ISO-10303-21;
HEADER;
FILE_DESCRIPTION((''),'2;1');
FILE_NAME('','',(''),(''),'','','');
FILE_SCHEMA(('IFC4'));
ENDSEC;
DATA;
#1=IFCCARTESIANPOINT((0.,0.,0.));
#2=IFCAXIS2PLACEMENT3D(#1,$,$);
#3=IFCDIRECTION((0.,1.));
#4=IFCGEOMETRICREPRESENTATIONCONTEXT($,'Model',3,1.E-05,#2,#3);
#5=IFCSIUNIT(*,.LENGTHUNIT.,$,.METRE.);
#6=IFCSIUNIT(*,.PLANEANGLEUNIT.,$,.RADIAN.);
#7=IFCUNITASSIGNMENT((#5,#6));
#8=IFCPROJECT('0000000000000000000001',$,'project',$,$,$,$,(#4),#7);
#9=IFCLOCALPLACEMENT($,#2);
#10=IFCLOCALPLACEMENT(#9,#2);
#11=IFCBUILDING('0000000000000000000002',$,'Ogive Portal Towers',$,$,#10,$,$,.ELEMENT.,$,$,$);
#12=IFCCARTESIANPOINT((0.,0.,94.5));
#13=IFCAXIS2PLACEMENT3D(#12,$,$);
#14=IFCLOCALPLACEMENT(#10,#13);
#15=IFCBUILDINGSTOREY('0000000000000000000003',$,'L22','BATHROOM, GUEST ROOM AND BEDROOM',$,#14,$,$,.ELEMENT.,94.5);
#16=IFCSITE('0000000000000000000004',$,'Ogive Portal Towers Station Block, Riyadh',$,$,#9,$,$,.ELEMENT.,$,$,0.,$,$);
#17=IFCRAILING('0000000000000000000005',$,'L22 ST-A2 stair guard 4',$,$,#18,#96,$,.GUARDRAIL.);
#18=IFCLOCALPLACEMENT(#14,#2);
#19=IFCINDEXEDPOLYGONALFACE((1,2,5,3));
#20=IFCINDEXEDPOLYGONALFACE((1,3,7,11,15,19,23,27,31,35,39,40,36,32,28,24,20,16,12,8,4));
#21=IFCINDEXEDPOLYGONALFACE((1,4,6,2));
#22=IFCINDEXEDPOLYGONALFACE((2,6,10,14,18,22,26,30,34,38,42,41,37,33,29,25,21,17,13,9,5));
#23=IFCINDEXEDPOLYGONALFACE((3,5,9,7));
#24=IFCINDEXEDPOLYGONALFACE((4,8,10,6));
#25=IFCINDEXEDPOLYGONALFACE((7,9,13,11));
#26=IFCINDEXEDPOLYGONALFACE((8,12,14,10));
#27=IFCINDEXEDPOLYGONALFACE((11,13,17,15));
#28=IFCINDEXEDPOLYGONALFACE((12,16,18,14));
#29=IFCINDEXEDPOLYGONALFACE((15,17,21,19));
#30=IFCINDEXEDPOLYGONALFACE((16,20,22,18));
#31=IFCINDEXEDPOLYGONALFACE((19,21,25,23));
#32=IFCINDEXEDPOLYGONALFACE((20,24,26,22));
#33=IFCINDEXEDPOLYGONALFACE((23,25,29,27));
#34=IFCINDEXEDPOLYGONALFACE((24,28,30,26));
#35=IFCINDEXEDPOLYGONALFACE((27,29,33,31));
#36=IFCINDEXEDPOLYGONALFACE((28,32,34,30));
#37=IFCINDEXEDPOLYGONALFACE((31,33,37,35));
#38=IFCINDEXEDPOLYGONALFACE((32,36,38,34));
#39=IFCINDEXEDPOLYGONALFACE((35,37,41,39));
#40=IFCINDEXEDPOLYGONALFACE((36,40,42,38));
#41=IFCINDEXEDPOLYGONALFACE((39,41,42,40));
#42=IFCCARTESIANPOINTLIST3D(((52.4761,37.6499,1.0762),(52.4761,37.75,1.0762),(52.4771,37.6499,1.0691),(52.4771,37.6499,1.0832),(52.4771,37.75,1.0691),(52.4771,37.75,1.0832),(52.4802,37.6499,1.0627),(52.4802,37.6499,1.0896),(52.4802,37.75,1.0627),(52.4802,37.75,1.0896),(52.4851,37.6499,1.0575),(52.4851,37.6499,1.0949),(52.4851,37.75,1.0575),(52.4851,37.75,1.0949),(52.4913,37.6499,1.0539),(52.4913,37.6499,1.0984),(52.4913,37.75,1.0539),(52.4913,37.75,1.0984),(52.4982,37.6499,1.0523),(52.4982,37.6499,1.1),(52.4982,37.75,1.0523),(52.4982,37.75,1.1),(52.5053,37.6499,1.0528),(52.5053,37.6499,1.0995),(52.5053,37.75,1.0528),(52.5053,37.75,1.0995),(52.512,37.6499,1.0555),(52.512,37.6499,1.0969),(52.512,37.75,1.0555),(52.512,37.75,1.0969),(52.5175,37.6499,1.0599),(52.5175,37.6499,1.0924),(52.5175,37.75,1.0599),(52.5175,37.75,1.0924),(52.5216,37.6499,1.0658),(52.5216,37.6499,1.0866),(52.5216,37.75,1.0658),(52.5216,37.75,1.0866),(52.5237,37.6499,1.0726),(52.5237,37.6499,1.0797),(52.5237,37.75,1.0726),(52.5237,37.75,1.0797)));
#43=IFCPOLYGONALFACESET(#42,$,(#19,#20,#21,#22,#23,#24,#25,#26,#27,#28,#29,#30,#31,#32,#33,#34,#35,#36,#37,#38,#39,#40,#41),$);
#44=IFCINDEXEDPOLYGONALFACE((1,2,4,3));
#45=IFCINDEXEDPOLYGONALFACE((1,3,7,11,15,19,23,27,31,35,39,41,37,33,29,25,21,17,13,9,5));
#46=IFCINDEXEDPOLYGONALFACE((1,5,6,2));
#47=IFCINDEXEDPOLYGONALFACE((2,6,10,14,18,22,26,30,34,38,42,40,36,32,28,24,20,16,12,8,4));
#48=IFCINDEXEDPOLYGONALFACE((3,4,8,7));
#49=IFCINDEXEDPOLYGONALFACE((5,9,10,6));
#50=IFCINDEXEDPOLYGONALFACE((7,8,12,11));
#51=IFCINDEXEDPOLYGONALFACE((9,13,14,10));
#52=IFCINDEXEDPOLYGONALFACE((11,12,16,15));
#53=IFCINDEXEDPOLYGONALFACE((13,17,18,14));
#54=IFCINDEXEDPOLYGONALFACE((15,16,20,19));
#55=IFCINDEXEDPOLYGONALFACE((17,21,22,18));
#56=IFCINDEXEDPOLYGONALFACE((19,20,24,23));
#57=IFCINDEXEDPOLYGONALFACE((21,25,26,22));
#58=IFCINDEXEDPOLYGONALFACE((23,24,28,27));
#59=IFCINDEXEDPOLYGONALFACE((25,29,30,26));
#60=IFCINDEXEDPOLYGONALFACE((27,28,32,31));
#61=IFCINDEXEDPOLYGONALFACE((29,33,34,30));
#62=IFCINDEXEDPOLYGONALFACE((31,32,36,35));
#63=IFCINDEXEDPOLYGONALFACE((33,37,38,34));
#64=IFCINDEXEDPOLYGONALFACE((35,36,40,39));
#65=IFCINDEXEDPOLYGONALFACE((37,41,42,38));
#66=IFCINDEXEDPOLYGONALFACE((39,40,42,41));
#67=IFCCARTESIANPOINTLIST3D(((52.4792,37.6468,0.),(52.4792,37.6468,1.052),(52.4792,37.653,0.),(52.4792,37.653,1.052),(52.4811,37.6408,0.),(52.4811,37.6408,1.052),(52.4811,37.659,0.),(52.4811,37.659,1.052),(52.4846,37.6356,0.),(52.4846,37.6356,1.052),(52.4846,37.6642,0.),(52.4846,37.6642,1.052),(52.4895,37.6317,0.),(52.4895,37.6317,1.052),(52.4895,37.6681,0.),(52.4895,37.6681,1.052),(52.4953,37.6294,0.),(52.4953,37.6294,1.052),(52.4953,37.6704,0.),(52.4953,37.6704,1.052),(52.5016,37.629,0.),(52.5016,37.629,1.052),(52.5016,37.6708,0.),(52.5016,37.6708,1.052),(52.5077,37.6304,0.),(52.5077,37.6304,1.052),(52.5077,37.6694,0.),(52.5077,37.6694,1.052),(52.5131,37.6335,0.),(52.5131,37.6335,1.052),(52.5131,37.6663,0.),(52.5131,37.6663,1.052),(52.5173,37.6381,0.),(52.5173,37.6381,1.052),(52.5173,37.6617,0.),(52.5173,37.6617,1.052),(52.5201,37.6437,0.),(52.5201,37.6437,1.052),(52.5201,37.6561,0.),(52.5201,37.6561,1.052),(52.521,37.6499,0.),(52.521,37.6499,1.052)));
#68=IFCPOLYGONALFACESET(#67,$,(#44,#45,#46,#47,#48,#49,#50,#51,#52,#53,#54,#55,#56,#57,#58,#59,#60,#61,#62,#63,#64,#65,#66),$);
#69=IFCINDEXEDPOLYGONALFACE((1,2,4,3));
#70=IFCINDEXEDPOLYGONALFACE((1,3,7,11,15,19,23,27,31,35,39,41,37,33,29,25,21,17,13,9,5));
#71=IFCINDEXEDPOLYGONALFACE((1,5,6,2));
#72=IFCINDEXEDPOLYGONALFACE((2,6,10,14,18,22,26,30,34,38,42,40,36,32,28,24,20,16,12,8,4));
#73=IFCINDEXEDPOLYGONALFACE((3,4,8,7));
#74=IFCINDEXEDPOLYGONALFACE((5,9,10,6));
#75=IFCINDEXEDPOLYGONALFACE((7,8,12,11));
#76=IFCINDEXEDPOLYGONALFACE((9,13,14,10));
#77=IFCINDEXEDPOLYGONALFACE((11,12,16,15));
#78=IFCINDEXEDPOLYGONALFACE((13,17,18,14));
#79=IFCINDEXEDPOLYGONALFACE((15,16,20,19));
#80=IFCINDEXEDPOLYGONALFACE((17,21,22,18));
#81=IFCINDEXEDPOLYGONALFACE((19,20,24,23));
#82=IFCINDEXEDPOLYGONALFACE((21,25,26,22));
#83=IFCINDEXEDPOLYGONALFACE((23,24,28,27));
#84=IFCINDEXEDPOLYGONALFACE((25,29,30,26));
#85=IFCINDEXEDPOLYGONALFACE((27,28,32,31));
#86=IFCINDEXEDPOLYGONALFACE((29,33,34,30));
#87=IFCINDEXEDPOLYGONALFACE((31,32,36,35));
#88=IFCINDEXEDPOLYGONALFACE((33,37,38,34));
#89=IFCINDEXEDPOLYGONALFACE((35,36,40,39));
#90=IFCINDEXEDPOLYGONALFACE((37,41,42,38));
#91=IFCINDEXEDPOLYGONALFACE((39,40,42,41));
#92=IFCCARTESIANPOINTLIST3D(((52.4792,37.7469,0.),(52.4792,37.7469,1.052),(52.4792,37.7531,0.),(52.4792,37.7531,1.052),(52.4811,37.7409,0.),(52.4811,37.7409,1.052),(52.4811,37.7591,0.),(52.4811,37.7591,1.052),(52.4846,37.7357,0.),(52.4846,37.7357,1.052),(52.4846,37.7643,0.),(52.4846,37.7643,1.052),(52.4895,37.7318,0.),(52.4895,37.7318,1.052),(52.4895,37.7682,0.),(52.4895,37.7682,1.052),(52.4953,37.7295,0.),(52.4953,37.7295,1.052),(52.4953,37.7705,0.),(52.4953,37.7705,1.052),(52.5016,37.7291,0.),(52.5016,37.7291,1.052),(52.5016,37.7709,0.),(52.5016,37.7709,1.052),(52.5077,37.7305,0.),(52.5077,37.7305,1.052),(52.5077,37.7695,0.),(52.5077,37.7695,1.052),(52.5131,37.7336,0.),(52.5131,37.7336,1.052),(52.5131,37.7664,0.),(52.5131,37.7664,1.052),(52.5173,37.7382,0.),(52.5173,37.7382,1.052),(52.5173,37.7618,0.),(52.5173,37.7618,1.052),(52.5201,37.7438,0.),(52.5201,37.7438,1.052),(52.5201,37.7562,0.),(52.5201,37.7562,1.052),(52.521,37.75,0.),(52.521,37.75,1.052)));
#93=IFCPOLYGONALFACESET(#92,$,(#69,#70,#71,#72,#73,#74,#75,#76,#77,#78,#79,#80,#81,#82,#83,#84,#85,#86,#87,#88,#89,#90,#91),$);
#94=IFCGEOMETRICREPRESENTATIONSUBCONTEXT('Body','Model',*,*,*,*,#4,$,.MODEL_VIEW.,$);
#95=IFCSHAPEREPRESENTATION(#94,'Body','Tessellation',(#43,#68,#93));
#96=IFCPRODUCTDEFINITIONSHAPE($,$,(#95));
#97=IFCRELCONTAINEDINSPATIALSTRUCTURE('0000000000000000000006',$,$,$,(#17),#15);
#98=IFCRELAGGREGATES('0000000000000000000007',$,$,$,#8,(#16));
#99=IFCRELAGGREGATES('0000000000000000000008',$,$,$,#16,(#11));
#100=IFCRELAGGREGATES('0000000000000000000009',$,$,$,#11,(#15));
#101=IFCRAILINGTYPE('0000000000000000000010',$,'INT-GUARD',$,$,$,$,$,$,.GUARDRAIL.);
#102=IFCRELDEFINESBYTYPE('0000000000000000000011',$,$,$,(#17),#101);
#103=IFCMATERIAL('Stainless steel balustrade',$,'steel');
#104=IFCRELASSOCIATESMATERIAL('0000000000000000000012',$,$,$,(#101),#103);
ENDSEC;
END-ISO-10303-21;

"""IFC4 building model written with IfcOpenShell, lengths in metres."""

from ifc_helpers import new_model, si_unit, direction, frame, origin, origin_2d, place, context, subcontext, project, spatial, circle, extrude, material, type_object, element, save


model = new_model("IFC4")

# Units and contexts
model_context = context("Model", 3, precision=1e-05, world=origin(), true_north=direction((0.0, 1.0)))
body_context = subcontext(model_context, "Body", "Model", "MODEL_VIEW")
ifc_project = project(units=[si_unit("LENGTHUNIT", "METRE"), si_unit("PLANEANGLEUNIT", "RADIAN")], contexts=[model_context])

# Site, building, storey
site_placement = place(None, origin())
site = spatial("IfcSite", under=ifc_project, at=site_placement, Name="Ogive Portal Towers Station Block, Riyadh", CompositionType="ELEMENT", RefElevation=0.0)
building_placement = place(site_placement, origin())
building = spatial("IfcBuilding", under=site, at=building_placement, Name="Ogive Portal Towers", CompositionType="ELEMENT")
storey_placement = place(building_placement, frame((0.0, 0.0, 94.5)))
storey = spatial("IfcBuildingStorey", under=building, at=storey_placement, Name="L22", Description="BATHROOM, GUEST ROOM AND BEDROOM", CompositionType="ELEMENT", Elevation=94.5)

# Railing
ifc_material_1 = material(Name="Stainless steel balustrade", Category="steel")
railing_type_1 = type_object("IfcRailingType", Name="INT-GUARD", PredefinedType="GUARDRAIL", material=ifc_material_1)
railing_1_placement = place(storey_placement, frame((52.5, 37.6499, 0.0)))
element("IfcRailing", 1, at=railing_1_placement, inside=storey, type_object=railing_type_1, Name="L22 ST-A2 stair guard 4", PredefinedType="GUARDRAIL", context=body_context, shape_type="SweptSolid", body=[
    extrude(circle(Radius=0.0239, at=origin_2d()), frame((0.0, 0.0, 1.0762), z_axis=(0.0, 1.0, 0.0), x_axis=(-1.0, 0.0, 0.0)), (0.0, 0.0, 1.0), 0.1001),
    extrude(circle(Radius=0.021, at=origin_2d()), origin(), (0.0, 0.0, 1.0), 1.052),
    extrude(circle(Radius=0.021, at=origin_2d()), frame((0.0, 0.1001, 0.0)), (0.0, 0.0, 1.0), 1.052),
])

save(model, "model.ifc")
